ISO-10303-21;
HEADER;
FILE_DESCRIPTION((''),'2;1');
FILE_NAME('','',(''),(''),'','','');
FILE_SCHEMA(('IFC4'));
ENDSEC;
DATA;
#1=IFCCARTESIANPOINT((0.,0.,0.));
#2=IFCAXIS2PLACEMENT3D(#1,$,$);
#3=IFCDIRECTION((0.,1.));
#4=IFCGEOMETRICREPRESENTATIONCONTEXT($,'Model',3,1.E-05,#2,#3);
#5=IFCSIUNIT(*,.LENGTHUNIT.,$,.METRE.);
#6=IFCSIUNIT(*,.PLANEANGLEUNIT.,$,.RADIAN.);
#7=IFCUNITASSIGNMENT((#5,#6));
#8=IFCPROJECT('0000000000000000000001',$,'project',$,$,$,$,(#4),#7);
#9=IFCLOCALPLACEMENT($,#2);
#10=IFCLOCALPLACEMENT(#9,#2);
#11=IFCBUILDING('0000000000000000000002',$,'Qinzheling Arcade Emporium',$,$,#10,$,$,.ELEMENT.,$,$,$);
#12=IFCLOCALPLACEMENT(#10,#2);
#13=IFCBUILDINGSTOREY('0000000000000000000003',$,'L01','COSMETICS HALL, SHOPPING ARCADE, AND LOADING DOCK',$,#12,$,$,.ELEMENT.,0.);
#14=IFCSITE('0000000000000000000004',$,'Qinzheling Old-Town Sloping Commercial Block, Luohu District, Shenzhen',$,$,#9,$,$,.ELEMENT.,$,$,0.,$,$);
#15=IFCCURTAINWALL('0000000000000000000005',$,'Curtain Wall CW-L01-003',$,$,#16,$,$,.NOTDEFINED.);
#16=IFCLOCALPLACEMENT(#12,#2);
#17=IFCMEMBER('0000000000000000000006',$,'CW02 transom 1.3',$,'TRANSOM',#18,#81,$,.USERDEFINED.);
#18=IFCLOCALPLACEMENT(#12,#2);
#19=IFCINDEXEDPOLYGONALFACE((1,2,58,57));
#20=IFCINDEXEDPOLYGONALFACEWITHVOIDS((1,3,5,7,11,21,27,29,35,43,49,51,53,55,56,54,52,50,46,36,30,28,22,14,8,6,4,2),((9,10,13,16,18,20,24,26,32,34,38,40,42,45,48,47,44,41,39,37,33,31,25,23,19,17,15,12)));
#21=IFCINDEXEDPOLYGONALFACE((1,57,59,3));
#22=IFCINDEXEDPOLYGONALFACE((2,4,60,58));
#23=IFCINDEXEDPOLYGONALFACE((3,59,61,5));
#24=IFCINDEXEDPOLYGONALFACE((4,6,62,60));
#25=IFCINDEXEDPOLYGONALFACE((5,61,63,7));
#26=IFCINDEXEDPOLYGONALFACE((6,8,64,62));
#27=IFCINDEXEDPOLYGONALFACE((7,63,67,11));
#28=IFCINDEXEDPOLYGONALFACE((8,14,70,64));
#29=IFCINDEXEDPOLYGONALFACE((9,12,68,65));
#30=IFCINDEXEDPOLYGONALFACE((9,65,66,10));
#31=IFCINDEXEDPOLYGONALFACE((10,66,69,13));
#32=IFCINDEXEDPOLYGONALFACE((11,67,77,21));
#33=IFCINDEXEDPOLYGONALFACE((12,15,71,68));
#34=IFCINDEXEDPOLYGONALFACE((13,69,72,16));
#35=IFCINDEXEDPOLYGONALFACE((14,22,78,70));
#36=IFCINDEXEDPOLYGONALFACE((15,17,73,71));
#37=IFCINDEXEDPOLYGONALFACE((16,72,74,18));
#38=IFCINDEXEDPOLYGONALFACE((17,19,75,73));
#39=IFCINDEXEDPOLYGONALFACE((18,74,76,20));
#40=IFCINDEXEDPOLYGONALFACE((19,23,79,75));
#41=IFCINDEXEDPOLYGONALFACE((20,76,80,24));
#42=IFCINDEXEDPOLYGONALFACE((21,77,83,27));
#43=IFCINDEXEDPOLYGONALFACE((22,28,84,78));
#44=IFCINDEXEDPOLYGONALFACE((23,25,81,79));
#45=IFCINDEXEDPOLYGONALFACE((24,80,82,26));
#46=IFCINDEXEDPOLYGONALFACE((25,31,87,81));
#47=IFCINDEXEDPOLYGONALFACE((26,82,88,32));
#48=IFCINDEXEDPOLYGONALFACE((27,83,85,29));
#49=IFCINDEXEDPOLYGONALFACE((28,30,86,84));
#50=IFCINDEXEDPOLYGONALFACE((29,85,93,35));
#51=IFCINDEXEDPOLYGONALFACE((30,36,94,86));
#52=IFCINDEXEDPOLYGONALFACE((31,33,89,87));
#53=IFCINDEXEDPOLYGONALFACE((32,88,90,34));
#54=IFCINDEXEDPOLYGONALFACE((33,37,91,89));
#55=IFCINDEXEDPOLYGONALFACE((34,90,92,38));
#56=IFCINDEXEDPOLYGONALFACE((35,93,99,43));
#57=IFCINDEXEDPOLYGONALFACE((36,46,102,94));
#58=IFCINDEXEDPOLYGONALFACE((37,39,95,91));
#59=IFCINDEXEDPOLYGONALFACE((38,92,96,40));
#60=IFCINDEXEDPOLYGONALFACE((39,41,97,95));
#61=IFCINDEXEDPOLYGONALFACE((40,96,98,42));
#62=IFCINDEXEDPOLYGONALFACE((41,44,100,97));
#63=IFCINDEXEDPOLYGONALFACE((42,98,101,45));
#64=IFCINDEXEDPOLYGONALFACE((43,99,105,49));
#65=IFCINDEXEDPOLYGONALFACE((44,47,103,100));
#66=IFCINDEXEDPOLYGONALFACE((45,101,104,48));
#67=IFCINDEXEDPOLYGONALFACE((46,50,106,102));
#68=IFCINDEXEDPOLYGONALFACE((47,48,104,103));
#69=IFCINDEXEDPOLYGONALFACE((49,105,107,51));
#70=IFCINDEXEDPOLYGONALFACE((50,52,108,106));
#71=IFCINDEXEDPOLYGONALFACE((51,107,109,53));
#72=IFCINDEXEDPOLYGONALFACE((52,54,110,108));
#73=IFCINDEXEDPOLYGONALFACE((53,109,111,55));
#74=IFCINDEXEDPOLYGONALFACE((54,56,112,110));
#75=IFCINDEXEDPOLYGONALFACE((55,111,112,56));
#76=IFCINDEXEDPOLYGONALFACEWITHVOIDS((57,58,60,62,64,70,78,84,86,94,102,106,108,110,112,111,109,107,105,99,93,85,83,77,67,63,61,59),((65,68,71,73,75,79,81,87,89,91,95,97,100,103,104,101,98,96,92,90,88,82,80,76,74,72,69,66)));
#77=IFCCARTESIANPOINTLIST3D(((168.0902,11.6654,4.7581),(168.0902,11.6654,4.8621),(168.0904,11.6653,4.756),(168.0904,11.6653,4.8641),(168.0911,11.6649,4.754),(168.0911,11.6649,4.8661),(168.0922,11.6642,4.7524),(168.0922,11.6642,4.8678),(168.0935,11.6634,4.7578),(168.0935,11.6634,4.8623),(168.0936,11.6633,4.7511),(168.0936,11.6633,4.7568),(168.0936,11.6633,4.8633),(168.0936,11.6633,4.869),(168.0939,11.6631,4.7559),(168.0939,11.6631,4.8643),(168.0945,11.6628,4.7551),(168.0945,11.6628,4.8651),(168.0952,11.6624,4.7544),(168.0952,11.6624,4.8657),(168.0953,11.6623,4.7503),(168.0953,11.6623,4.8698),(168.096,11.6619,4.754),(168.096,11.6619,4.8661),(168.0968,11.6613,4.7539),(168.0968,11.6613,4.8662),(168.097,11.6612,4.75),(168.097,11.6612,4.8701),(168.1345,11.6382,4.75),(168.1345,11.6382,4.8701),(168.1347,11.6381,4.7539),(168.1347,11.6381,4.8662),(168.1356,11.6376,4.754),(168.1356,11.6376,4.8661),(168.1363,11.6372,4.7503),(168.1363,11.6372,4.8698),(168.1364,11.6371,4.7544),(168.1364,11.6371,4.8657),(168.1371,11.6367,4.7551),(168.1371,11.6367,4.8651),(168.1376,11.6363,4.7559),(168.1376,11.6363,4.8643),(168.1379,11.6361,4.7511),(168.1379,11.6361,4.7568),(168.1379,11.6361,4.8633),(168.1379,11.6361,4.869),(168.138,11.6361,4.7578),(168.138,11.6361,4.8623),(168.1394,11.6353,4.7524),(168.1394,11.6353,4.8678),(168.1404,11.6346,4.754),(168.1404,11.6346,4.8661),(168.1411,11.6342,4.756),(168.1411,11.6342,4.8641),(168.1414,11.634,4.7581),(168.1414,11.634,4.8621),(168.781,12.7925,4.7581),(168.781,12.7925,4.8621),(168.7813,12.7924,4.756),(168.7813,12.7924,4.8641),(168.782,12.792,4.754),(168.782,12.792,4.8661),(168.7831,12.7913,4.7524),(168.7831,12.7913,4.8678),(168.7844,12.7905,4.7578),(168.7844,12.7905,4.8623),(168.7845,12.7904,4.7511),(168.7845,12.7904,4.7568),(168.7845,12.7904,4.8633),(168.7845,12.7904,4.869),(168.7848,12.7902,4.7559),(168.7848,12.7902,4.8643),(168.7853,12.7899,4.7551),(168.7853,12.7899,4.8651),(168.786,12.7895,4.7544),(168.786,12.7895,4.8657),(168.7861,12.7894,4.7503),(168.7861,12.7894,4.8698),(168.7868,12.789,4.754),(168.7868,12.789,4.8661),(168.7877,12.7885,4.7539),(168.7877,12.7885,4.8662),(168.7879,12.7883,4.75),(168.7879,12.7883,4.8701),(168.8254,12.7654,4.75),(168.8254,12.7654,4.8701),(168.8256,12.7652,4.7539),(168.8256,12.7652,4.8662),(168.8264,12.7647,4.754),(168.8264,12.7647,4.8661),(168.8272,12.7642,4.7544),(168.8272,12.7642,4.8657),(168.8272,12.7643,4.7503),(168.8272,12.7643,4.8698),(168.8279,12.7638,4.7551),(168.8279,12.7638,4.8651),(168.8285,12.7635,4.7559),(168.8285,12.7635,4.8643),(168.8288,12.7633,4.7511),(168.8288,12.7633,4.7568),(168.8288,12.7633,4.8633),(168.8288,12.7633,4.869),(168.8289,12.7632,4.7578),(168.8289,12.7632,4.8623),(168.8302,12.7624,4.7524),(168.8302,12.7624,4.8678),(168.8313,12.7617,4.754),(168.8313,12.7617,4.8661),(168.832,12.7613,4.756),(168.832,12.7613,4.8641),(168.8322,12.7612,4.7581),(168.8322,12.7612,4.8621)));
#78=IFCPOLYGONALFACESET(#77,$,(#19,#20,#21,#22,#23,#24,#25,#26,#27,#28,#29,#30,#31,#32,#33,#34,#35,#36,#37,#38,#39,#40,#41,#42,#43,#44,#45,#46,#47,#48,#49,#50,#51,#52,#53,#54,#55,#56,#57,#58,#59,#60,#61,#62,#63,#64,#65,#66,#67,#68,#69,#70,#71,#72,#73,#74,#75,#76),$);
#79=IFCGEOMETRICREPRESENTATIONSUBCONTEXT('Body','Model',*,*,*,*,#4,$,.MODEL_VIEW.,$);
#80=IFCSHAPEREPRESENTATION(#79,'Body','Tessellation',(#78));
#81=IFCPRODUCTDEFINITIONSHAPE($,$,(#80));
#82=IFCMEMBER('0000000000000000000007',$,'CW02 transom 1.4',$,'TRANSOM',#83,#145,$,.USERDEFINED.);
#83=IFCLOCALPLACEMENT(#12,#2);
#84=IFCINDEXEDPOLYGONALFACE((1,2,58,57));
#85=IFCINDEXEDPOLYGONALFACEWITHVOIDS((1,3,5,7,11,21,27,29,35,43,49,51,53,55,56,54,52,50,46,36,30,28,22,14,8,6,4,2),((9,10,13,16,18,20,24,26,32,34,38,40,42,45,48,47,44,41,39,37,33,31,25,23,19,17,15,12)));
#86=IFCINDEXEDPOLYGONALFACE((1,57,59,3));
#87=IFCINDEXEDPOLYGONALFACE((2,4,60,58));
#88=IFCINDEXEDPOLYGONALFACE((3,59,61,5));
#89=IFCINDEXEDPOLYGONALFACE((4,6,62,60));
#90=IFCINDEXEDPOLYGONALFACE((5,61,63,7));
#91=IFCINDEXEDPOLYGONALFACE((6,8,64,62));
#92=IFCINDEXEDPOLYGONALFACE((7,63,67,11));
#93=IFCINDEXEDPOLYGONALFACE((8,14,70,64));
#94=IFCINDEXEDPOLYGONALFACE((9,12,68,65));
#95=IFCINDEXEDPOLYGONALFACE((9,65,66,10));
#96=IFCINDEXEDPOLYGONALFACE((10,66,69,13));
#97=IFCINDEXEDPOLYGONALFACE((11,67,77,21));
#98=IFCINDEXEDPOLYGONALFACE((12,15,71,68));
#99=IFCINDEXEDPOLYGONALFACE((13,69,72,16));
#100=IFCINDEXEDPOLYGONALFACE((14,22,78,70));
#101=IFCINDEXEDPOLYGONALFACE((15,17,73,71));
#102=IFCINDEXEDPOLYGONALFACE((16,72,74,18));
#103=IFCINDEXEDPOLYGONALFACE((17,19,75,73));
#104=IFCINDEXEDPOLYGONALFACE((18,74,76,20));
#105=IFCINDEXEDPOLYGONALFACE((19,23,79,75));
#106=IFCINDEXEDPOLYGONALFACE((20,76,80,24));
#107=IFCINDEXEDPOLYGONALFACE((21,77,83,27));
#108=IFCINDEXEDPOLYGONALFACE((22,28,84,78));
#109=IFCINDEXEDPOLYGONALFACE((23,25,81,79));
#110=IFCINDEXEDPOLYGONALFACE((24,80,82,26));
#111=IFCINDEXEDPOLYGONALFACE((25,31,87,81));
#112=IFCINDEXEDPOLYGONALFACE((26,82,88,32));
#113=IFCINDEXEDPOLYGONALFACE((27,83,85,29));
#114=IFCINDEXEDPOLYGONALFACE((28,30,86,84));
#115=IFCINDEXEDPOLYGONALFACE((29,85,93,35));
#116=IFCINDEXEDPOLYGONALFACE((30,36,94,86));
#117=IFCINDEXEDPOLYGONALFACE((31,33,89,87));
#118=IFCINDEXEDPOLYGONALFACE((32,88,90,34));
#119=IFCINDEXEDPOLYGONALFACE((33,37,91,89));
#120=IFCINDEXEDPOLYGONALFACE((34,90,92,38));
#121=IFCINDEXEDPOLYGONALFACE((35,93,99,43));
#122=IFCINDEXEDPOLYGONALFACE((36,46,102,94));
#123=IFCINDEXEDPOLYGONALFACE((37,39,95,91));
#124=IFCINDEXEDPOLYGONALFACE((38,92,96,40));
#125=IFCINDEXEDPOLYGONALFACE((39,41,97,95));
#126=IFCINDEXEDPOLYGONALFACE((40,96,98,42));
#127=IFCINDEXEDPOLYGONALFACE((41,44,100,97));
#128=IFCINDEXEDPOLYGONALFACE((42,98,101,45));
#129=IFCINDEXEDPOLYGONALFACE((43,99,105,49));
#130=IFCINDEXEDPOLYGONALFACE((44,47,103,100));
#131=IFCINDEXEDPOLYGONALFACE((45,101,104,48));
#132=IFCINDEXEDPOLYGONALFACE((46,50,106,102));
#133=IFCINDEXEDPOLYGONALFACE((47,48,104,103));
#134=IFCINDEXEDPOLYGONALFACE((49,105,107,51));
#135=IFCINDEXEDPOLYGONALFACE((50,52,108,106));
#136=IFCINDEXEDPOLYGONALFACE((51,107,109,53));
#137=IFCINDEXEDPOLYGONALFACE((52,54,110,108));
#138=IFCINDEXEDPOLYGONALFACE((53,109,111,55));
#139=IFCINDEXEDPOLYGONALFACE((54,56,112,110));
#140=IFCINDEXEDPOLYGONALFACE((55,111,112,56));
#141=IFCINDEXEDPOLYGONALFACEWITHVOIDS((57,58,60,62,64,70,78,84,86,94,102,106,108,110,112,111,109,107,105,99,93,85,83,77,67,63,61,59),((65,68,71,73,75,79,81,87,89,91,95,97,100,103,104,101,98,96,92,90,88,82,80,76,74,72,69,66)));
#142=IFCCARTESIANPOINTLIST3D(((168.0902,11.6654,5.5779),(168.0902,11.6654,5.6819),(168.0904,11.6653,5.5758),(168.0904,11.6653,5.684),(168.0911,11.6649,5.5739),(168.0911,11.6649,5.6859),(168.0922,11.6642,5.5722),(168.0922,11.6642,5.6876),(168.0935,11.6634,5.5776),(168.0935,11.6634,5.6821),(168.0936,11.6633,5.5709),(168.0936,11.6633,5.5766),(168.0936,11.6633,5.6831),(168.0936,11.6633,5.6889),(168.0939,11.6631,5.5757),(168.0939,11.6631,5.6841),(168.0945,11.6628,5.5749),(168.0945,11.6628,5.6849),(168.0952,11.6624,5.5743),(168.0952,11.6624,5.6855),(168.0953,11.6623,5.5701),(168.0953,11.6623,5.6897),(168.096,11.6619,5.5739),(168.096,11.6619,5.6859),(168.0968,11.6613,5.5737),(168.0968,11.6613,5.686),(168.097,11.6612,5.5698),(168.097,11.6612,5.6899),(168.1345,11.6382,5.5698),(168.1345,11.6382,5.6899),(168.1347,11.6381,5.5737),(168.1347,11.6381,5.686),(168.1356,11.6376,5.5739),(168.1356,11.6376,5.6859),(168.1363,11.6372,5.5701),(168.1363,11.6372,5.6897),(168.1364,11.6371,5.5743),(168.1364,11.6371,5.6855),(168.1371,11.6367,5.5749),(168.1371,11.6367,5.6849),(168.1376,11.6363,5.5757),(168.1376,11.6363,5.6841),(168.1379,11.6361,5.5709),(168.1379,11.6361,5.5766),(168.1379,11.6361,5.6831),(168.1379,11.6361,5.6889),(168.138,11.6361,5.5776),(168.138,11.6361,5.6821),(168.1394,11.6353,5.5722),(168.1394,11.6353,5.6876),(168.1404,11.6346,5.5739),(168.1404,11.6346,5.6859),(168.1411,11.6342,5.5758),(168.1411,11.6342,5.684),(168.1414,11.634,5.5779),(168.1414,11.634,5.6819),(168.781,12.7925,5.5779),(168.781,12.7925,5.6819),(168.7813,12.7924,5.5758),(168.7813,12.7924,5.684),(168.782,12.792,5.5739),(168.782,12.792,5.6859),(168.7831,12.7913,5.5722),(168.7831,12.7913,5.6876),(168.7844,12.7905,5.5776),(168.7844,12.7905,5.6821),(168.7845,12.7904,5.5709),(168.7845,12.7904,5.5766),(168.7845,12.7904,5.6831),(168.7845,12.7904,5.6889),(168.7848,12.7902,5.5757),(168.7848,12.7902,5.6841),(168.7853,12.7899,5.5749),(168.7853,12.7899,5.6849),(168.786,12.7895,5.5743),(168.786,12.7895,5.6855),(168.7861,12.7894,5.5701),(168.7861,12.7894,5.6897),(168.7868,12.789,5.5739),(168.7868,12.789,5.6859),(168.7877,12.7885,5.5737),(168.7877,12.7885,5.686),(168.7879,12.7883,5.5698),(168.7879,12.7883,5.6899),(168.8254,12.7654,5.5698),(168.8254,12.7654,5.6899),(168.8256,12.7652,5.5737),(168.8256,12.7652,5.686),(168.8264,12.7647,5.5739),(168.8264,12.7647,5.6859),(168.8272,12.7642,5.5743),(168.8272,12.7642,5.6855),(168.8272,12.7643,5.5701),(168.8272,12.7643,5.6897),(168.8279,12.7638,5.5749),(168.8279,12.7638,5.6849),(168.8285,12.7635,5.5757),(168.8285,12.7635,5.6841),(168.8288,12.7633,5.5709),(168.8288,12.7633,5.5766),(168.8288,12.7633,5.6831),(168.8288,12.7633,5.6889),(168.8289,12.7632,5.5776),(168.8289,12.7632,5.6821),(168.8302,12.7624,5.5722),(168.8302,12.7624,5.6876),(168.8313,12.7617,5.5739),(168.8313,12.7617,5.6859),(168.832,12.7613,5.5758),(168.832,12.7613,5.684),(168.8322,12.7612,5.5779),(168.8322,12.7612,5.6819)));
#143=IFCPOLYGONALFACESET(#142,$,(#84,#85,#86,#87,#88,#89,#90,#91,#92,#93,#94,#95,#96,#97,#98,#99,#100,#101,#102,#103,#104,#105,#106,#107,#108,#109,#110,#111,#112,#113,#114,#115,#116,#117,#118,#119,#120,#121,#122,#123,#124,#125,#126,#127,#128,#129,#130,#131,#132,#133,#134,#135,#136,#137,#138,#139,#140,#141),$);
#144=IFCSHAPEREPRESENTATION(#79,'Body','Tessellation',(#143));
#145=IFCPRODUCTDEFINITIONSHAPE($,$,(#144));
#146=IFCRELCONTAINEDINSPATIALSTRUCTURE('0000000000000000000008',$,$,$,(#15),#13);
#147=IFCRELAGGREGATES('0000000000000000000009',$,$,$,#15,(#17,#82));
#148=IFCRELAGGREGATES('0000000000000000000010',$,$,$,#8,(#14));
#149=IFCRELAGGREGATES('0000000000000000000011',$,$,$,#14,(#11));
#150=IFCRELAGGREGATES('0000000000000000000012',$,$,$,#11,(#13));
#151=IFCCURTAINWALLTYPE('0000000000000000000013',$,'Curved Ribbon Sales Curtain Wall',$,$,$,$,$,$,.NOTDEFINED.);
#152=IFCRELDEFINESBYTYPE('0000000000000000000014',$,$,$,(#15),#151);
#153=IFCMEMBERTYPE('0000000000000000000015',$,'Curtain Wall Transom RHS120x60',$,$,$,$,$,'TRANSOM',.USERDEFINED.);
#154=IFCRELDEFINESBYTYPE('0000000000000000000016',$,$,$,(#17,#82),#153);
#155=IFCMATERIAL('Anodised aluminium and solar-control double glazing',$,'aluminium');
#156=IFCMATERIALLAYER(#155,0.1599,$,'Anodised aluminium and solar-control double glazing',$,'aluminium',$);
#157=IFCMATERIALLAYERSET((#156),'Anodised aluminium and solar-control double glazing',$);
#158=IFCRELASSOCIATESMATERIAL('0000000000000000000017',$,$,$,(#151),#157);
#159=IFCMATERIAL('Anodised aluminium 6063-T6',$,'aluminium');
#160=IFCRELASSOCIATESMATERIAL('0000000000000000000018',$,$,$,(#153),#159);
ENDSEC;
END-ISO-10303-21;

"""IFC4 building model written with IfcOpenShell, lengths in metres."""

from ifc_helpers import new_model, si_unit, direction, frame, origin, origin_2d, place, context, subcontext, project, spatial, hollow_rectangle, extrude, material, layer, layer_set, material_profile, profile_set, type_object, element, aggregate, save


model = new_model("IFC4")

# Units and contexts
model_context = context("Model", 3, precision=1e-05, world=origin(), true_north=direction((0.0, 1.0)))
body_context = subcontext(model_context, "Body", "Model", "MODEL_VIEW")
ifc_project = project(units=[si_unit("LENGTHUNIT", "METRE"), si_unit("PLANEANGLEUNIT", "RADIAN")], contexts=[model_context])

# Site, building, storey
site_placement = place(None, origin())
site = spatial("IfcSite", under=ifc_project, at=site_placement, Name="Qinzheling Old-Town Sloping Commercial Block, Luohu District, Shenzhen", CompositionType="ELEMENT", RefElevation=0.0)
building_placement = place(site_placement, origin())
building = spatial("IfcBuilding", under=site, at=building_placement, Name="Qinzheling Arcade Emporium", CompositionType="ELEMENT")
storey_placement = place(building_placement, origin())
storey = spatial("IfcBuildingStorey", under=building, at=storey_placement, Name="L01", Description="COSMETICS HALL, SHOPPING ARCADE, AND LOADING DOCK", CompositionType="ELEMENT", Elevation=0.0)

# Curtain wall
ifc_material_1 = material(Name="Anodised aluminium and solar-control double glazing", Category="aluminium")
ifc_layer_1 = layer(ifc_material_1, 0.1599, Name="Anodised aluminium and solar-control double glazing", Category="aluminium")
ifc_layer_set_1 = layer_set([ifc_layer_1], Name="Anodised aluminium and solar-control double glazing")
curtain_wall_type = type_object("IfcCurtainWallType", Name="Curved Ribbon Sales Curtain Wall", PredefinedType="NOTDEFINED", material=ifc_layer_set_1)
ifc_material_2 = material(Name="Anodised aluminium 6063-T6", Category="aluminium")
curtain_wall_1_placement = place(storey_placement, origin())
curtain_wall_1 = element("IfcCurtainWall", 1, at=curtain_wall_1_placement, inside=storey, type_object=curtain_wall_type, Name="Curtain Wall CW-L01-003", PredefinedType="NOTDEFINED")

# Members
ifc_material_profile_1 = material_profile(ifc_material_2, hollow_rectangle(XDim=0.0601, YDim=0.1201, WallThickness=0.0039, InnerFilletRadius=0.0039, OuterFilletRadius=0.0081, at=origin_2d()), Name="RHS 120x60x4", Category="aluminium")
ifc_profile_set_1 = profile_set([ifc_material_profile_1], Name="Anodised aluminium 6063-T6")
member_type_1 = type_object("IfcMemberType", Name="Curtain Wall Transom RHS120x60", ElementType="TRANSOM", PredefinedType="USERDEFINED", material=ifc_profile_set_1)
member_1_placement = place(storey_placement, frame((168.8066, 12.7769, 4.8101), z_axis=(-0.522592, -0.852583, 0.0), x_axis=(0.852583, -0.522592, 0.0)))
member_1 = element("IfcMember", 2, at=member_1_placement, type_object=member_type_1, Name="CW02 transom 1.3", ObjectType="TRANSOM", PredefinedType="USERDEFINED", context=body_context, shape_type="SweptSolid", body=[
    extrude(hollow_rectangle(XDim=0.0601, YDim=0.1201, WallThickness=0.0039, InnerFilletRadius=0.0039, OuterFilletRadius=0.0081, at=origin_2d()), origin(), (0.0, 0.0, 1.0), 1.322),
])
member_2_placement = place(storey_placement, frame((168.8066, 12.7769, 5.6299), z_axis=(-0.522592, -0.852583, 0.0), x_axis=(0.852583, -0.522592, 0.0)))
member_2 = element("IfcMember", 3, at=member_2_placement, type_object=member_type_1, Name="CW02 transom 1.4", ObjectType="TRANSOM", PredefinedType="USERDEFINED", context=body_context, shape_type="SweptSolid", body=[
    extrude(hollow_rectangle(XDim=0.0601, YDim=0.1201, WallThickness=0.0039, InnerFilletRadius=0.0039, OuterFilletRadius=0.0081, at=origin_2d()), origin(), (0.0, 0.0, 1.0), 1.322),
])

aggregate(curtain_wall_1, [member_1, member_2])

save(model, "model.ifc")
